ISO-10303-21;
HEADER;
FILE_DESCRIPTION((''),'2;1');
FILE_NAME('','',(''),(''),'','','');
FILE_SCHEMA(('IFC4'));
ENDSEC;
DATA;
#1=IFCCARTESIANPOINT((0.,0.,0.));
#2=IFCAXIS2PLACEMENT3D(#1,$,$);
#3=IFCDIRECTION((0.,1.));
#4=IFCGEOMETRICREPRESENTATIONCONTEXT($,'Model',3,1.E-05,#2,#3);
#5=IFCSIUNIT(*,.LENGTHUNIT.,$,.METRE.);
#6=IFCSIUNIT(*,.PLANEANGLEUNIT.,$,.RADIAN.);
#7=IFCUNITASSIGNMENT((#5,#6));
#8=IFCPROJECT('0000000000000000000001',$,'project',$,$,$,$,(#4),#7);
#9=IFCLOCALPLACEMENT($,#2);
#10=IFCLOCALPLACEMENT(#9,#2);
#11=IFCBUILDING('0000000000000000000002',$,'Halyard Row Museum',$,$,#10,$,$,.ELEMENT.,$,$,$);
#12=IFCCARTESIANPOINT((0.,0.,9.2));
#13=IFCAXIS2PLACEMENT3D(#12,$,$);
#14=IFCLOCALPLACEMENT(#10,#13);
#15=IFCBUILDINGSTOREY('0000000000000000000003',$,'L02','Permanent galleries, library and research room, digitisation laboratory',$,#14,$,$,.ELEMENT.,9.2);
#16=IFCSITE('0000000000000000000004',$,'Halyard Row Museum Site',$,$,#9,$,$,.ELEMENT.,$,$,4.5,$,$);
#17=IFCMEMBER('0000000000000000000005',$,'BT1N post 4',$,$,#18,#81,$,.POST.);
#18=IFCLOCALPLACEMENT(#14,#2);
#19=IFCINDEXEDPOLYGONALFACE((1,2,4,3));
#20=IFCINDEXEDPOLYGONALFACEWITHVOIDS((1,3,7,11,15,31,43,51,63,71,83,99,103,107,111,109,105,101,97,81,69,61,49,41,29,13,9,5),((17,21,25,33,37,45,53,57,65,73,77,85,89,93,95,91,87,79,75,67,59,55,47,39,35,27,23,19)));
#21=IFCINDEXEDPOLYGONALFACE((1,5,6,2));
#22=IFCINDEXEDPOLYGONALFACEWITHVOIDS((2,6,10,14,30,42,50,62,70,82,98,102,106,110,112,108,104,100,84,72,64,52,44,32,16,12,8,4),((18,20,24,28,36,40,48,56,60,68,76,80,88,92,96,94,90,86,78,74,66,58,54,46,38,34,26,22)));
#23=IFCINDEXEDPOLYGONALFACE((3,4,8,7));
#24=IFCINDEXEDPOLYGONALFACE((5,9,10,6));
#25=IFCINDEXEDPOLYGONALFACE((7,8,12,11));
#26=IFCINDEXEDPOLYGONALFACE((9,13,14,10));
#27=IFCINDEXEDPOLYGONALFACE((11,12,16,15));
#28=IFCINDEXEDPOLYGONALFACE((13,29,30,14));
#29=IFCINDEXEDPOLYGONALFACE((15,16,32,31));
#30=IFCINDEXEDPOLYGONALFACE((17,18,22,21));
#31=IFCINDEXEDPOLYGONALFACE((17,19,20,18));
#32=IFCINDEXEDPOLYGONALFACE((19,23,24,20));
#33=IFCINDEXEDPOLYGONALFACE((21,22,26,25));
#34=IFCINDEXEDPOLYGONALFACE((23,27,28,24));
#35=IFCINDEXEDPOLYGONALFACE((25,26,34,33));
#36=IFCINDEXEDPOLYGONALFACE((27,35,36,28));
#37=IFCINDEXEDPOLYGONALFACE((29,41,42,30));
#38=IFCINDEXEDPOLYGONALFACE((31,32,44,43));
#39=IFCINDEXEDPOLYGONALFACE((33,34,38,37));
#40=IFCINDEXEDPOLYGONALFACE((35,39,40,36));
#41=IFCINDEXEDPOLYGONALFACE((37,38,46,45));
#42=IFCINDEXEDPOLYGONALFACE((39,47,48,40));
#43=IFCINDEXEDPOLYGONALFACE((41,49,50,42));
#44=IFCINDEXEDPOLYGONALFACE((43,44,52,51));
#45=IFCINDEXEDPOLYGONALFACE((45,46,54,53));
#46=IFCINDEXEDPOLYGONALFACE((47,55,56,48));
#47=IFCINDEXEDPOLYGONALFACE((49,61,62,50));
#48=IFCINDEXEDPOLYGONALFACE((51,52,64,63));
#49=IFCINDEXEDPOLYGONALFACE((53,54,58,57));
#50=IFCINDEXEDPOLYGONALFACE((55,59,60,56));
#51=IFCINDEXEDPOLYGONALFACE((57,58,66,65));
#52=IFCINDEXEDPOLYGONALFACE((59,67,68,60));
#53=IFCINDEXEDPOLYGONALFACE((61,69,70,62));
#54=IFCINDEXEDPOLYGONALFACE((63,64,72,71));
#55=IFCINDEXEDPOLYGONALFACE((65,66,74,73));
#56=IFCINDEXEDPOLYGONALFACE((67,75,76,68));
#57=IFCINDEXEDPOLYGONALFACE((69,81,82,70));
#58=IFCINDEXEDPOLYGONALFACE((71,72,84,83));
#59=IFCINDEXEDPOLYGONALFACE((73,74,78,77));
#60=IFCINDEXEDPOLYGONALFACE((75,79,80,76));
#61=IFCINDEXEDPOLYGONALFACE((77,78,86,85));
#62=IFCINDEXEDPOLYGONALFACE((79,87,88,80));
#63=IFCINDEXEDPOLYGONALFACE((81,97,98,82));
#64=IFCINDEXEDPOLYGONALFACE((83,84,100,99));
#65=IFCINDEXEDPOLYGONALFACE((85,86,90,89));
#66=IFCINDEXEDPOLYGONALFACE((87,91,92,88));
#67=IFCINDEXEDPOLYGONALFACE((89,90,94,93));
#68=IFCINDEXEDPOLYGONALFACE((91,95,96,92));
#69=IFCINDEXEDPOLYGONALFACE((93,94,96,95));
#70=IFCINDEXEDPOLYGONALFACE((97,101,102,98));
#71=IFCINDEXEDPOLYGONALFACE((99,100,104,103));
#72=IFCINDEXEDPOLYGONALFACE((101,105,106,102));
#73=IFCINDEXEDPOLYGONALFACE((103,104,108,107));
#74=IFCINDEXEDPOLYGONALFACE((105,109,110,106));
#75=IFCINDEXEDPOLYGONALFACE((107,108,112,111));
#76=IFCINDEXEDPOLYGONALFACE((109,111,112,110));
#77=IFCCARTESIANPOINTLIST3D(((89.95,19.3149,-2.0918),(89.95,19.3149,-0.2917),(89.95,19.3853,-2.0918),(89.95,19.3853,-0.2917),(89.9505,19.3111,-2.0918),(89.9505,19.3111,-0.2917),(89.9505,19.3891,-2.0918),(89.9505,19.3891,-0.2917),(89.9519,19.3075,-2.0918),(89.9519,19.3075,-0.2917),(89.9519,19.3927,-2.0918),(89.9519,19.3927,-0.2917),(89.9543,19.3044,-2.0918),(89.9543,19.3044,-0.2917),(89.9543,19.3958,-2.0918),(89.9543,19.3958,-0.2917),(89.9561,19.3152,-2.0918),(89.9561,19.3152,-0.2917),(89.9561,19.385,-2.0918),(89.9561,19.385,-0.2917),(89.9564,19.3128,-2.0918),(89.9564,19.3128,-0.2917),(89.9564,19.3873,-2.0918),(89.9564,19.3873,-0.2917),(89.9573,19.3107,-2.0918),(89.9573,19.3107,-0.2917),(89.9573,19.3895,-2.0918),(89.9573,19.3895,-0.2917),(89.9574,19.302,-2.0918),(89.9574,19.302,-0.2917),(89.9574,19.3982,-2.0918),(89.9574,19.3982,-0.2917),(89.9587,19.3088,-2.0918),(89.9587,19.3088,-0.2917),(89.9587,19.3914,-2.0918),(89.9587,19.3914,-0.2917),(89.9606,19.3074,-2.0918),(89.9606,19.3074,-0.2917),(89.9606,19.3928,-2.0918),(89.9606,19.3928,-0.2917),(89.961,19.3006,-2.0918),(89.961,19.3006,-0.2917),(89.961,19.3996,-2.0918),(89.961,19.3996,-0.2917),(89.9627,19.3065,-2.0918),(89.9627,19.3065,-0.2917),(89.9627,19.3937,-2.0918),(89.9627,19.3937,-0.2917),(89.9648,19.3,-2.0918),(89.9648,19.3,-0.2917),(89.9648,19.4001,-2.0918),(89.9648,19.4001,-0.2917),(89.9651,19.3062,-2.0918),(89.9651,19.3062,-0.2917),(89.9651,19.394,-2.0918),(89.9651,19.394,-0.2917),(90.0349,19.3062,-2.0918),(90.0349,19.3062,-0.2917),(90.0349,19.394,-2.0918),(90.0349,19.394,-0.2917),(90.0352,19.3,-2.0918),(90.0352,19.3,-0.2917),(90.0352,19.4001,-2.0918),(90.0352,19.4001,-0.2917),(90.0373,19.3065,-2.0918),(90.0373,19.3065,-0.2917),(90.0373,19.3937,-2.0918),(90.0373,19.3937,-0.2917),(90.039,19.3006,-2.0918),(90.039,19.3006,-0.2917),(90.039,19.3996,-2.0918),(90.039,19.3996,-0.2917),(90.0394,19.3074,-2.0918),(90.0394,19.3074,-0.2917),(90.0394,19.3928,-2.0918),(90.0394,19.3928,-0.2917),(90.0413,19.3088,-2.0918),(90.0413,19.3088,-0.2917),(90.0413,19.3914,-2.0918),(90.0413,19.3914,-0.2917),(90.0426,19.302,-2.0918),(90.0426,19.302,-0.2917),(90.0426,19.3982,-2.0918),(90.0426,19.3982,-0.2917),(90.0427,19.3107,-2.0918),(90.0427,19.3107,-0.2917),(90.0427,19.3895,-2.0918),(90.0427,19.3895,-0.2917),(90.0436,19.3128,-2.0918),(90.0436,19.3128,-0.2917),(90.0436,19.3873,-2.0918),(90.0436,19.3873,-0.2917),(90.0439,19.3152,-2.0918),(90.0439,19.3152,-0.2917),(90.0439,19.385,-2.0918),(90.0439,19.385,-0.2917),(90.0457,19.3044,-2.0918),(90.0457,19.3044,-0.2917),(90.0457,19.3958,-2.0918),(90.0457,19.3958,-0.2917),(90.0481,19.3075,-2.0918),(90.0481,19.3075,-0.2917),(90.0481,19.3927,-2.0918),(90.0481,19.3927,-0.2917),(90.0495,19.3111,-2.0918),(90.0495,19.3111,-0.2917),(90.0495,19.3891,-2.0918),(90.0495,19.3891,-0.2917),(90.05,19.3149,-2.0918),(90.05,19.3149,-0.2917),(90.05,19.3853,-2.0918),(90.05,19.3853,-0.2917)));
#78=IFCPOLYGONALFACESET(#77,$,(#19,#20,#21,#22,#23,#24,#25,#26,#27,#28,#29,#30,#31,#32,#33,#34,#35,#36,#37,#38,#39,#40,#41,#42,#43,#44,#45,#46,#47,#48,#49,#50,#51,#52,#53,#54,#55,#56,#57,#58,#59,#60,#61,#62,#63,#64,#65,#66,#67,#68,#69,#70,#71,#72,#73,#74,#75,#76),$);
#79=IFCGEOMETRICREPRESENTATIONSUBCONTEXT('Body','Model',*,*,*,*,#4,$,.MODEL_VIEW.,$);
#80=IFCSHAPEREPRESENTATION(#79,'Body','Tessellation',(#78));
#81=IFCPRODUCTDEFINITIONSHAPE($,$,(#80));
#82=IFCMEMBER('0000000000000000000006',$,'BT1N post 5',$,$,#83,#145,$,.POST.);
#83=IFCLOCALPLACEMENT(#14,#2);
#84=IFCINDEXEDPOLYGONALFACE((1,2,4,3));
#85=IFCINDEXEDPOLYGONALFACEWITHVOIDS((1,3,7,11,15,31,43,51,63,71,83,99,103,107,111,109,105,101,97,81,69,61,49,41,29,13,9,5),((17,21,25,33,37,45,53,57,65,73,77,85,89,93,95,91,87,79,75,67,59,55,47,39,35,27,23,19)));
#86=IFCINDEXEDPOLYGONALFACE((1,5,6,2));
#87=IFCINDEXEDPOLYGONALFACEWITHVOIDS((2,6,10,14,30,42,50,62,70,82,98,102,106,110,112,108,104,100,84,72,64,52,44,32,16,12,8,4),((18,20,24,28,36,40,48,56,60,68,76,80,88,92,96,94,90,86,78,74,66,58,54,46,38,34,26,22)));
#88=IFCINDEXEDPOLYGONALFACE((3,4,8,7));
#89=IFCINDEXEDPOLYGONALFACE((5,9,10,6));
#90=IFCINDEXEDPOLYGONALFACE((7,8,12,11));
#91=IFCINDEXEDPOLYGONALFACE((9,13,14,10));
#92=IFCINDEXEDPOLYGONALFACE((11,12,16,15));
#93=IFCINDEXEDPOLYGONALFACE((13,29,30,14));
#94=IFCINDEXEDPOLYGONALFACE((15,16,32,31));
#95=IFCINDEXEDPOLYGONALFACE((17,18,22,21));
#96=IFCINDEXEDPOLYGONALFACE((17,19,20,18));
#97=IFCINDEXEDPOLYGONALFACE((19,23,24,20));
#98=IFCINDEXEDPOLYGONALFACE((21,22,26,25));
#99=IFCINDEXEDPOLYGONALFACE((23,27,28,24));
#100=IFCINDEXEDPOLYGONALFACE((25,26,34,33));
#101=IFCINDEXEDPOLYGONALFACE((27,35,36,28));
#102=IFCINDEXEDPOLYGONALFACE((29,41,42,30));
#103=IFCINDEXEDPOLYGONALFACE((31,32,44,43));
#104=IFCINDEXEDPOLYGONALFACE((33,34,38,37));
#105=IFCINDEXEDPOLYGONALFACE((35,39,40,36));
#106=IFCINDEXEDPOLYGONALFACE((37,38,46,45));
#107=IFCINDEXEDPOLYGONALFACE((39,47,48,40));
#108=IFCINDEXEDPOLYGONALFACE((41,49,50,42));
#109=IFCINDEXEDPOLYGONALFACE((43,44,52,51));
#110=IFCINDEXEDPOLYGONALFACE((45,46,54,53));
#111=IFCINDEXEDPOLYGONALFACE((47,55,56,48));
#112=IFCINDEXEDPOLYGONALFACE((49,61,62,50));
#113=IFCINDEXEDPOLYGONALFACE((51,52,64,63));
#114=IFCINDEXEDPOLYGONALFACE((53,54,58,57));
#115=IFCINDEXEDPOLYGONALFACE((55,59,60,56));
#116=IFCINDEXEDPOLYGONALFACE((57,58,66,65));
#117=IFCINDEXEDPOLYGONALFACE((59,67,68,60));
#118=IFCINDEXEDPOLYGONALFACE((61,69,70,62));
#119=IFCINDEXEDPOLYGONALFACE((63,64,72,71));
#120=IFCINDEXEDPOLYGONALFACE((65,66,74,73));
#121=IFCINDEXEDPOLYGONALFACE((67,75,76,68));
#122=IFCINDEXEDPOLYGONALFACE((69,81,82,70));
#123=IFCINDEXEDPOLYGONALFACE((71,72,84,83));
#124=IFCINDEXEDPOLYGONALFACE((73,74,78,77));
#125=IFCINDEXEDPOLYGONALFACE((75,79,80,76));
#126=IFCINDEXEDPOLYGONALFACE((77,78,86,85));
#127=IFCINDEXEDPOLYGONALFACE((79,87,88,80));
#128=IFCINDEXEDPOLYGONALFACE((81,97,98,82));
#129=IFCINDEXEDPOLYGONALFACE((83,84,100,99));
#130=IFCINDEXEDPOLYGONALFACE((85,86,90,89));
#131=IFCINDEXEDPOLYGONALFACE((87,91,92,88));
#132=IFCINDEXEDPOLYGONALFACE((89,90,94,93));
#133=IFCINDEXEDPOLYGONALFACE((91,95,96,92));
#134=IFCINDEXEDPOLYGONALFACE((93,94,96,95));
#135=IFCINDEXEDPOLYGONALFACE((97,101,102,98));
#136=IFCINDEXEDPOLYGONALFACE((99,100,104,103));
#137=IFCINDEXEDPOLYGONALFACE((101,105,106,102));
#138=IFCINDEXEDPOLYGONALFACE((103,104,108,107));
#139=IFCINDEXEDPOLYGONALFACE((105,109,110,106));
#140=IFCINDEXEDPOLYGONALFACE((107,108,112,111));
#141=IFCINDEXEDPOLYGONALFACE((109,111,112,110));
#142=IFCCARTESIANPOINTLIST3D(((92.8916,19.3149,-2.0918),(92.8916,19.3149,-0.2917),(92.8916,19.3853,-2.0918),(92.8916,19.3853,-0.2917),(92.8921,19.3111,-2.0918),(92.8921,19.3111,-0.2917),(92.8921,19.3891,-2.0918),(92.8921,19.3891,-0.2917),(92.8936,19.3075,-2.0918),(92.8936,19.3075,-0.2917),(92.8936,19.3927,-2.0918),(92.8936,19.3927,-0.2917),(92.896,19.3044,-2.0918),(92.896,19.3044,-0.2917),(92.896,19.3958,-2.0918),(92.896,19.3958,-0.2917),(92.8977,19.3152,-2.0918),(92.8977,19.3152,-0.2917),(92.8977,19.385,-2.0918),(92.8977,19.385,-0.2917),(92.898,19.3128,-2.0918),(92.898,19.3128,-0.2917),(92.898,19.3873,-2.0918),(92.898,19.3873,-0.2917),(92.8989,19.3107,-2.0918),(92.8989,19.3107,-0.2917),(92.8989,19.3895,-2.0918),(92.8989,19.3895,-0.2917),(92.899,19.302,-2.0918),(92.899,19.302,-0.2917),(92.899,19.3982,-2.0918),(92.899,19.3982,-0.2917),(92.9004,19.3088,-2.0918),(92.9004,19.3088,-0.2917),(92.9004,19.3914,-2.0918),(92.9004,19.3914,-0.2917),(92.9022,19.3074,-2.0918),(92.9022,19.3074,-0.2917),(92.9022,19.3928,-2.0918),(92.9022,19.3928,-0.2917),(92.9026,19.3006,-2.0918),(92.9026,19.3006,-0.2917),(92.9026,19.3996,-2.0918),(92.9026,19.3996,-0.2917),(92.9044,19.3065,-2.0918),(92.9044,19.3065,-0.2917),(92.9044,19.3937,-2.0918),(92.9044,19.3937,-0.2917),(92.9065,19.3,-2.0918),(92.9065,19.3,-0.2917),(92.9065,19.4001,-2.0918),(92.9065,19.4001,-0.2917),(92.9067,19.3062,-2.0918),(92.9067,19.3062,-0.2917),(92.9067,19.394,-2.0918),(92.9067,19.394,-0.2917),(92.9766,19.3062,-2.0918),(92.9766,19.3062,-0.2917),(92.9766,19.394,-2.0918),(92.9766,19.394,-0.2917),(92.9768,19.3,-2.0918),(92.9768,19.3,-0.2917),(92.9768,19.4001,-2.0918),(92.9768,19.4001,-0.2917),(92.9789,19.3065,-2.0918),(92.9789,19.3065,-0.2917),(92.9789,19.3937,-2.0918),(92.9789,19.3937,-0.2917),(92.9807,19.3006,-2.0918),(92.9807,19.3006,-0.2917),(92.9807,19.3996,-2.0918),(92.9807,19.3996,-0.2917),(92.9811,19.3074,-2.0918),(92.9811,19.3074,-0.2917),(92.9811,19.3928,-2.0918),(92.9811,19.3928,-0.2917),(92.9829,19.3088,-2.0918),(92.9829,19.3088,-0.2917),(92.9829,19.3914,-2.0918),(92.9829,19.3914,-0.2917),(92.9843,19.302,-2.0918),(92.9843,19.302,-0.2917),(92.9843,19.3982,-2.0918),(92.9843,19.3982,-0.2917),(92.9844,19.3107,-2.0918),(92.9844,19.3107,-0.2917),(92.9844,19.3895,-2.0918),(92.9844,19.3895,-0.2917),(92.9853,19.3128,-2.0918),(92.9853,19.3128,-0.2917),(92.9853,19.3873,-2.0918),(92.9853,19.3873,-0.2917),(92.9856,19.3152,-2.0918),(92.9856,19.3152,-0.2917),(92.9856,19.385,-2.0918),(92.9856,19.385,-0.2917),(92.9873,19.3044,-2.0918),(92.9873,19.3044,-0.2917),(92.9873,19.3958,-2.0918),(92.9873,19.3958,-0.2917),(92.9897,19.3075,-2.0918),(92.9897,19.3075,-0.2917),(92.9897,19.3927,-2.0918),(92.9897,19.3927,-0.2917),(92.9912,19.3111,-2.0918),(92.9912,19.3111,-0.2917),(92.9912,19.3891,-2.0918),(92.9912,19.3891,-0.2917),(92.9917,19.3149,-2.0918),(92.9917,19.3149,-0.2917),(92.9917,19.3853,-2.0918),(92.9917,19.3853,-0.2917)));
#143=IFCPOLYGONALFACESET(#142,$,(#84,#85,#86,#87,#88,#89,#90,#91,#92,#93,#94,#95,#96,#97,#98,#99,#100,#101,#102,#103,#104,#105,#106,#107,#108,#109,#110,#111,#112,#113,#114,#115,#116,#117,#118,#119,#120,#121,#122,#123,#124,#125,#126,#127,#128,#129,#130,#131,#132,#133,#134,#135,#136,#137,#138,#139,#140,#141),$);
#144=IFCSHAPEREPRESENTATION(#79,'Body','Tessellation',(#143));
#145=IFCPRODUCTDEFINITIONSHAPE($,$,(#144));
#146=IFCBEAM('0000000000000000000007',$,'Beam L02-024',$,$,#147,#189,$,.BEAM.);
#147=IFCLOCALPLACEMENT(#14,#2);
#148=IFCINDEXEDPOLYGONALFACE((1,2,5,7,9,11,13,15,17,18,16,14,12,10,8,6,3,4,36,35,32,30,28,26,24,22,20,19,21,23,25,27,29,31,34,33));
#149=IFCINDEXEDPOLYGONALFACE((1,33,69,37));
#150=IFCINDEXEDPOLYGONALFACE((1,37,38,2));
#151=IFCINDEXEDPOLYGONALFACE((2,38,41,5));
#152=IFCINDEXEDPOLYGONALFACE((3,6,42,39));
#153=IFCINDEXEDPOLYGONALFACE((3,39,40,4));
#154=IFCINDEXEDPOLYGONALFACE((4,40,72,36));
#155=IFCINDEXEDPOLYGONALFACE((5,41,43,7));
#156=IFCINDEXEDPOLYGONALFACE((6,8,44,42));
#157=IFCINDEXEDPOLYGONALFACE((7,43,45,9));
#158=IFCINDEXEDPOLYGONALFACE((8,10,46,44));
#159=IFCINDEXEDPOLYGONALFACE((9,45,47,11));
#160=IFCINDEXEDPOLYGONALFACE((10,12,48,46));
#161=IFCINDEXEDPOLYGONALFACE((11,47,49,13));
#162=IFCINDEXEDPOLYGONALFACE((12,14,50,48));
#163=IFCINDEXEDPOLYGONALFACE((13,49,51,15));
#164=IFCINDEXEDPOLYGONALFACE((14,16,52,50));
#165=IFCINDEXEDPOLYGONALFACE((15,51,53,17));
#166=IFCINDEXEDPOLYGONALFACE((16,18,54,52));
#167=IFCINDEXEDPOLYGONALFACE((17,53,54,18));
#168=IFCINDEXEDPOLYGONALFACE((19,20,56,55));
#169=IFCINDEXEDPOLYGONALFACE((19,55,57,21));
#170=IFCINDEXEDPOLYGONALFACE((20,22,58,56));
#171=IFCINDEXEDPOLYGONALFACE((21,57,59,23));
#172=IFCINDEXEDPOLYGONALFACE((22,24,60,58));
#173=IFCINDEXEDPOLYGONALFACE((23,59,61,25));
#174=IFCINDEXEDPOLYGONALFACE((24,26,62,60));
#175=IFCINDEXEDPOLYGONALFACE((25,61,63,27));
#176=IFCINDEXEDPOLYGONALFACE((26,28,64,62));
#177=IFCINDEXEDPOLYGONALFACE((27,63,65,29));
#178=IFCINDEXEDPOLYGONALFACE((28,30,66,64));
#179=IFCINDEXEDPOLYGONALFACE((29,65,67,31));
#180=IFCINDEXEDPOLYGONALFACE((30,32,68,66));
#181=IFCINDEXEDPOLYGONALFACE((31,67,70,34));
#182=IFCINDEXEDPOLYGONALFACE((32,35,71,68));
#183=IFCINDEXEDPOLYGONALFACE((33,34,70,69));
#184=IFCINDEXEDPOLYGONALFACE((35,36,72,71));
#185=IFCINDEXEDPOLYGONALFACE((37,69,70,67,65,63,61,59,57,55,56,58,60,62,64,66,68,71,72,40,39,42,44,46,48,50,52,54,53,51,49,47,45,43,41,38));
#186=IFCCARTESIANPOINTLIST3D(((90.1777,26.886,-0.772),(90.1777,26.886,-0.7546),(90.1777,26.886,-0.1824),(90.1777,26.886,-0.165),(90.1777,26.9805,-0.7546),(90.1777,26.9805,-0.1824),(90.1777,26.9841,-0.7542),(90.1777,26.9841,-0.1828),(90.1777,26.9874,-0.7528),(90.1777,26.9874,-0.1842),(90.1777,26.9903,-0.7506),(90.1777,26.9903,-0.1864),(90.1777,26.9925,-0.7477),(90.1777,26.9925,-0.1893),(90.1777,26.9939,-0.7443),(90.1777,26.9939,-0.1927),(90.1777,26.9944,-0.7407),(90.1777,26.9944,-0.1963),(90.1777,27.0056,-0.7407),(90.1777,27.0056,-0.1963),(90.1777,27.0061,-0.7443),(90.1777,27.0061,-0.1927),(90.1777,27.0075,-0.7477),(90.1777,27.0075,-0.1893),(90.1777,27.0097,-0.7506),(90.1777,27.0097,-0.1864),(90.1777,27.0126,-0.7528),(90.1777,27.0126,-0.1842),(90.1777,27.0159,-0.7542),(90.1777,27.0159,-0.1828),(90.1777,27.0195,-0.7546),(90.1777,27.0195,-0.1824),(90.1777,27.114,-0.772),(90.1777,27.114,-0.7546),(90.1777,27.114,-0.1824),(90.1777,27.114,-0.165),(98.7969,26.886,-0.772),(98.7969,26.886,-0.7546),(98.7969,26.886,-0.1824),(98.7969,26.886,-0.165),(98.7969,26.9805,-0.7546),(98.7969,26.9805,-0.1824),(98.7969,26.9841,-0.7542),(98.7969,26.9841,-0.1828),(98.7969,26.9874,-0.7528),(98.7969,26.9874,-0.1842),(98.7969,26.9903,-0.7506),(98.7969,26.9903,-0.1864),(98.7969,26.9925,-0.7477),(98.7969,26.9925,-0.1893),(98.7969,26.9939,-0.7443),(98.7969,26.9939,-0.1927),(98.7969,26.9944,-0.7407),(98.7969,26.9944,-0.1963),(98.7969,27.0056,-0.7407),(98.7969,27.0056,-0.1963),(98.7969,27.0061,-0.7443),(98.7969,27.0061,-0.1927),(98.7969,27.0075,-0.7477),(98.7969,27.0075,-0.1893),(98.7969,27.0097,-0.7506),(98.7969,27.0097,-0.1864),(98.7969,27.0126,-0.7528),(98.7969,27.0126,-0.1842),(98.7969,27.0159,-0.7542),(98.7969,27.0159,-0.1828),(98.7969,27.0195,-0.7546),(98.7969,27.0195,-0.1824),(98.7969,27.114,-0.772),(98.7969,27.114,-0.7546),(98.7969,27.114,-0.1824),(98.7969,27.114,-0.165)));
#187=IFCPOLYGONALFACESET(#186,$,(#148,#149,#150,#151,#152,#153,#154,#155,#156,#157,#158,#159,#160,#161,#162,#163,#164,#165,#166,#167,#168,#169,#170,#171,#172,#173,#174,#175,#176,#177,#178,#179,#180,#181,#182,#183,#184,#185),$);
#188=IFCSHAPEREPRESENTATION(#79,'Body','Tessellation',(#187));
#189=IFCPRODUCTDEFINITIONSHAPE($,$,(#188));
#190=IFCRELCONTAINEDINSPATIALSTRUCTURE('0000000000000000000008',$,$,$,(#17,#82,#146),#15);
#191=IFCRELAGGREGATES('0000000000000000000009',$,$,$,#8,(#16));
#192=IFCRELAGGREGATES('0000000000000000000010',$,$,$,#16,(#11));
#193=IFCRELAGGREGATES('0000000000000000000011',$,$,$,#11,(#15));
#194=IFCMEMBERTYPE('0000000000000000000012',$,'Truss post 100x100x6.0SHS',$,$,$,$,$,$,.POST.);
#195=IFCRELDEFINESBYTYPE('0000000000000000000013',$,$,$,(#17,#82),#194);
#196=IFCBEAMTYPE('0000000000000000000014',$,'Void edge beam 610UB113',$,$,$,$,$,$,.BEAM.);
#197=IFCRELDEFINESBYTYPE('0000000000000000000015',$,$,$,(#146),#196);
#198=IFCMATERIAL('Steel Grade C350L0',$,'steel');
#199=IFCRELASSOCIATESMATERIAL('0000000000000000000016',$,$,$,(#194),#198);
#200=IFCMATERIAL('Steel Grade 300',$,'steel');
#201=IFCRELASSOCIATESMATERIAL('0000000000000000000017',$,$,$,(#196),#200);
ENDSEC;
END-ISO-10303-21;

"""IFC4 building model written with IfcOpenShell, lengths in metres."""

from ifc_helpers import new_model, si_unit, direction, frame, origin, origin_2d, place, context, subcontext, project, spatial, hollow_rectangle, i_section, extrude, material, material_profile, profile_set, type_object, element, save


model = new_model("IFC4")

# Units and contexts
model_context = context("Model", 3, precision=1e-05, world=origin(), true_north=direction((0.0, 1.0)))
body_context = subcontext(model_context, "Body", "Model", "MODEL_VIEW")
ifc_project = project(units=[si_unit("LENGTHUNIT", "METRE"), si_unit("PLANEANGLEUNIT", "RADIAN")], contexts=[model_context])

# Site, building, storey
site_placement = place(None, origin())
site = spatial("IfcSite", under=ifc_project, at=site_placement, Name="Halyard Row Museum Site", CompositionType="ELEMENT", RefElevation=4.5)
building_placement = place(site_placement, origin())
building = spatial("IfcBuilding", under=site, at=building_placement, Name="Halyard Row Museum", CompositionType="ELEMENT")
storey_placement = place(building_placement, frame((0.0, 0.0, 9.2)))
storey = spatial("IfcBuildingStorey", under=building, at=storey_placement, Name="L02", Description="Permanent galleries, library and research room, digitisation laboratory", CompositionType="ELEMENT", Elevation=9.2)

# Members
ifc_material_1 = material(Name="Steel Grade C350L0", Category="steel")
ifc_material_profile_1 = material_profile(ifc_material_1, hollow_rectangle(XDim=0.1001, YDim=0.1001, WallThickness=0.0061, InnerFilletRadius=0.009, OuterFilletRadius=0.0149, at=origin_2d()), Name="100x100x6.0SHS")
ifc_profile_set_1 = profile_set([ifc_material_profile_1], Name="Steel Grade C350L0")
member_type_1 = type_object("IfcMemberType", Name="Truss post 100x100x6.0SHS", PredefinedType="POST", material=ifc_profile_set_1)
for number, where, z_axis, x_axis, name in (
    (1, (90.0, 19.3501, -2.0918), (0.0, 0.0, 1.0), (1.0, 0.0, 0.0), "BT1N post 4"),
    (2, (92.9417, 19.3501, -2.0918), (0.0, 0.0, 1.0), (1.0, 0.0, 0.0), "BT1N post 5"),
):
    element("IfcMember", number, at=place(storey_placement, frame(where, z_axis=z_axis, x_axis=x_axis)), inside=storey, type_object=member_type_1, Name=name, PredefinedType="POST", context=body_context, shape_type="SweptSolid", body=[
        extrude(hollow_rectangle(XDim=0.1001, YDim=0.1001, WallThickness=0.0061, InnerFilletRadius=0.009, OuterFilletRadius=0.0149, at=origin_2d()), origin(), (0.0, 0.0, 1.0), 1.8),
    ])

# Beam
ifc_material_2 = material(Name="Steel Grade 300", Category="steel")
ifc_material_profile_2 = material_profile(ifc_material_2, i_section(OverallWidth=0.228, OverallDepth=0.6069, WebThickness=0.0112, FlangeThickness=0.0173, FilletRadius=0.0139, at=origin_2d()), Name="610UB113")
ifc_profile_set_2 = profile_set([ifc_material_profile_2], Name="Steel Grade 300")
beam_type = type_object("IfcBeamType", Name="Void edge beam 610UB113", PredefinedType="BEAM", material=ifc_profile_set_2)
beam_placement = place(storey_placement, frame((90.1777, 27.0, -0.4685), z_axis=(1.0, 0.0, 0.0), x_axis=(0.0, 1.0, 0.0)))
element("IfcBeam", 3, at=beam_placement, inside=storey, type_object=beam_type, Name="Beam L02-024", PredefinedType="BEAM", context=body_context, shape_type="SweptSolid", body=[
    extrude(i_section(OverallWidth=0.228, OverallDepth=0.6069, WebThickness=0.0112, FlangeThickness=0.0173, FilletRadius=0.0139, at=origin_2d()), origin(), (0.0, 0.0, 1.0), 8.6191),
])

save(model, "model.ifc")
